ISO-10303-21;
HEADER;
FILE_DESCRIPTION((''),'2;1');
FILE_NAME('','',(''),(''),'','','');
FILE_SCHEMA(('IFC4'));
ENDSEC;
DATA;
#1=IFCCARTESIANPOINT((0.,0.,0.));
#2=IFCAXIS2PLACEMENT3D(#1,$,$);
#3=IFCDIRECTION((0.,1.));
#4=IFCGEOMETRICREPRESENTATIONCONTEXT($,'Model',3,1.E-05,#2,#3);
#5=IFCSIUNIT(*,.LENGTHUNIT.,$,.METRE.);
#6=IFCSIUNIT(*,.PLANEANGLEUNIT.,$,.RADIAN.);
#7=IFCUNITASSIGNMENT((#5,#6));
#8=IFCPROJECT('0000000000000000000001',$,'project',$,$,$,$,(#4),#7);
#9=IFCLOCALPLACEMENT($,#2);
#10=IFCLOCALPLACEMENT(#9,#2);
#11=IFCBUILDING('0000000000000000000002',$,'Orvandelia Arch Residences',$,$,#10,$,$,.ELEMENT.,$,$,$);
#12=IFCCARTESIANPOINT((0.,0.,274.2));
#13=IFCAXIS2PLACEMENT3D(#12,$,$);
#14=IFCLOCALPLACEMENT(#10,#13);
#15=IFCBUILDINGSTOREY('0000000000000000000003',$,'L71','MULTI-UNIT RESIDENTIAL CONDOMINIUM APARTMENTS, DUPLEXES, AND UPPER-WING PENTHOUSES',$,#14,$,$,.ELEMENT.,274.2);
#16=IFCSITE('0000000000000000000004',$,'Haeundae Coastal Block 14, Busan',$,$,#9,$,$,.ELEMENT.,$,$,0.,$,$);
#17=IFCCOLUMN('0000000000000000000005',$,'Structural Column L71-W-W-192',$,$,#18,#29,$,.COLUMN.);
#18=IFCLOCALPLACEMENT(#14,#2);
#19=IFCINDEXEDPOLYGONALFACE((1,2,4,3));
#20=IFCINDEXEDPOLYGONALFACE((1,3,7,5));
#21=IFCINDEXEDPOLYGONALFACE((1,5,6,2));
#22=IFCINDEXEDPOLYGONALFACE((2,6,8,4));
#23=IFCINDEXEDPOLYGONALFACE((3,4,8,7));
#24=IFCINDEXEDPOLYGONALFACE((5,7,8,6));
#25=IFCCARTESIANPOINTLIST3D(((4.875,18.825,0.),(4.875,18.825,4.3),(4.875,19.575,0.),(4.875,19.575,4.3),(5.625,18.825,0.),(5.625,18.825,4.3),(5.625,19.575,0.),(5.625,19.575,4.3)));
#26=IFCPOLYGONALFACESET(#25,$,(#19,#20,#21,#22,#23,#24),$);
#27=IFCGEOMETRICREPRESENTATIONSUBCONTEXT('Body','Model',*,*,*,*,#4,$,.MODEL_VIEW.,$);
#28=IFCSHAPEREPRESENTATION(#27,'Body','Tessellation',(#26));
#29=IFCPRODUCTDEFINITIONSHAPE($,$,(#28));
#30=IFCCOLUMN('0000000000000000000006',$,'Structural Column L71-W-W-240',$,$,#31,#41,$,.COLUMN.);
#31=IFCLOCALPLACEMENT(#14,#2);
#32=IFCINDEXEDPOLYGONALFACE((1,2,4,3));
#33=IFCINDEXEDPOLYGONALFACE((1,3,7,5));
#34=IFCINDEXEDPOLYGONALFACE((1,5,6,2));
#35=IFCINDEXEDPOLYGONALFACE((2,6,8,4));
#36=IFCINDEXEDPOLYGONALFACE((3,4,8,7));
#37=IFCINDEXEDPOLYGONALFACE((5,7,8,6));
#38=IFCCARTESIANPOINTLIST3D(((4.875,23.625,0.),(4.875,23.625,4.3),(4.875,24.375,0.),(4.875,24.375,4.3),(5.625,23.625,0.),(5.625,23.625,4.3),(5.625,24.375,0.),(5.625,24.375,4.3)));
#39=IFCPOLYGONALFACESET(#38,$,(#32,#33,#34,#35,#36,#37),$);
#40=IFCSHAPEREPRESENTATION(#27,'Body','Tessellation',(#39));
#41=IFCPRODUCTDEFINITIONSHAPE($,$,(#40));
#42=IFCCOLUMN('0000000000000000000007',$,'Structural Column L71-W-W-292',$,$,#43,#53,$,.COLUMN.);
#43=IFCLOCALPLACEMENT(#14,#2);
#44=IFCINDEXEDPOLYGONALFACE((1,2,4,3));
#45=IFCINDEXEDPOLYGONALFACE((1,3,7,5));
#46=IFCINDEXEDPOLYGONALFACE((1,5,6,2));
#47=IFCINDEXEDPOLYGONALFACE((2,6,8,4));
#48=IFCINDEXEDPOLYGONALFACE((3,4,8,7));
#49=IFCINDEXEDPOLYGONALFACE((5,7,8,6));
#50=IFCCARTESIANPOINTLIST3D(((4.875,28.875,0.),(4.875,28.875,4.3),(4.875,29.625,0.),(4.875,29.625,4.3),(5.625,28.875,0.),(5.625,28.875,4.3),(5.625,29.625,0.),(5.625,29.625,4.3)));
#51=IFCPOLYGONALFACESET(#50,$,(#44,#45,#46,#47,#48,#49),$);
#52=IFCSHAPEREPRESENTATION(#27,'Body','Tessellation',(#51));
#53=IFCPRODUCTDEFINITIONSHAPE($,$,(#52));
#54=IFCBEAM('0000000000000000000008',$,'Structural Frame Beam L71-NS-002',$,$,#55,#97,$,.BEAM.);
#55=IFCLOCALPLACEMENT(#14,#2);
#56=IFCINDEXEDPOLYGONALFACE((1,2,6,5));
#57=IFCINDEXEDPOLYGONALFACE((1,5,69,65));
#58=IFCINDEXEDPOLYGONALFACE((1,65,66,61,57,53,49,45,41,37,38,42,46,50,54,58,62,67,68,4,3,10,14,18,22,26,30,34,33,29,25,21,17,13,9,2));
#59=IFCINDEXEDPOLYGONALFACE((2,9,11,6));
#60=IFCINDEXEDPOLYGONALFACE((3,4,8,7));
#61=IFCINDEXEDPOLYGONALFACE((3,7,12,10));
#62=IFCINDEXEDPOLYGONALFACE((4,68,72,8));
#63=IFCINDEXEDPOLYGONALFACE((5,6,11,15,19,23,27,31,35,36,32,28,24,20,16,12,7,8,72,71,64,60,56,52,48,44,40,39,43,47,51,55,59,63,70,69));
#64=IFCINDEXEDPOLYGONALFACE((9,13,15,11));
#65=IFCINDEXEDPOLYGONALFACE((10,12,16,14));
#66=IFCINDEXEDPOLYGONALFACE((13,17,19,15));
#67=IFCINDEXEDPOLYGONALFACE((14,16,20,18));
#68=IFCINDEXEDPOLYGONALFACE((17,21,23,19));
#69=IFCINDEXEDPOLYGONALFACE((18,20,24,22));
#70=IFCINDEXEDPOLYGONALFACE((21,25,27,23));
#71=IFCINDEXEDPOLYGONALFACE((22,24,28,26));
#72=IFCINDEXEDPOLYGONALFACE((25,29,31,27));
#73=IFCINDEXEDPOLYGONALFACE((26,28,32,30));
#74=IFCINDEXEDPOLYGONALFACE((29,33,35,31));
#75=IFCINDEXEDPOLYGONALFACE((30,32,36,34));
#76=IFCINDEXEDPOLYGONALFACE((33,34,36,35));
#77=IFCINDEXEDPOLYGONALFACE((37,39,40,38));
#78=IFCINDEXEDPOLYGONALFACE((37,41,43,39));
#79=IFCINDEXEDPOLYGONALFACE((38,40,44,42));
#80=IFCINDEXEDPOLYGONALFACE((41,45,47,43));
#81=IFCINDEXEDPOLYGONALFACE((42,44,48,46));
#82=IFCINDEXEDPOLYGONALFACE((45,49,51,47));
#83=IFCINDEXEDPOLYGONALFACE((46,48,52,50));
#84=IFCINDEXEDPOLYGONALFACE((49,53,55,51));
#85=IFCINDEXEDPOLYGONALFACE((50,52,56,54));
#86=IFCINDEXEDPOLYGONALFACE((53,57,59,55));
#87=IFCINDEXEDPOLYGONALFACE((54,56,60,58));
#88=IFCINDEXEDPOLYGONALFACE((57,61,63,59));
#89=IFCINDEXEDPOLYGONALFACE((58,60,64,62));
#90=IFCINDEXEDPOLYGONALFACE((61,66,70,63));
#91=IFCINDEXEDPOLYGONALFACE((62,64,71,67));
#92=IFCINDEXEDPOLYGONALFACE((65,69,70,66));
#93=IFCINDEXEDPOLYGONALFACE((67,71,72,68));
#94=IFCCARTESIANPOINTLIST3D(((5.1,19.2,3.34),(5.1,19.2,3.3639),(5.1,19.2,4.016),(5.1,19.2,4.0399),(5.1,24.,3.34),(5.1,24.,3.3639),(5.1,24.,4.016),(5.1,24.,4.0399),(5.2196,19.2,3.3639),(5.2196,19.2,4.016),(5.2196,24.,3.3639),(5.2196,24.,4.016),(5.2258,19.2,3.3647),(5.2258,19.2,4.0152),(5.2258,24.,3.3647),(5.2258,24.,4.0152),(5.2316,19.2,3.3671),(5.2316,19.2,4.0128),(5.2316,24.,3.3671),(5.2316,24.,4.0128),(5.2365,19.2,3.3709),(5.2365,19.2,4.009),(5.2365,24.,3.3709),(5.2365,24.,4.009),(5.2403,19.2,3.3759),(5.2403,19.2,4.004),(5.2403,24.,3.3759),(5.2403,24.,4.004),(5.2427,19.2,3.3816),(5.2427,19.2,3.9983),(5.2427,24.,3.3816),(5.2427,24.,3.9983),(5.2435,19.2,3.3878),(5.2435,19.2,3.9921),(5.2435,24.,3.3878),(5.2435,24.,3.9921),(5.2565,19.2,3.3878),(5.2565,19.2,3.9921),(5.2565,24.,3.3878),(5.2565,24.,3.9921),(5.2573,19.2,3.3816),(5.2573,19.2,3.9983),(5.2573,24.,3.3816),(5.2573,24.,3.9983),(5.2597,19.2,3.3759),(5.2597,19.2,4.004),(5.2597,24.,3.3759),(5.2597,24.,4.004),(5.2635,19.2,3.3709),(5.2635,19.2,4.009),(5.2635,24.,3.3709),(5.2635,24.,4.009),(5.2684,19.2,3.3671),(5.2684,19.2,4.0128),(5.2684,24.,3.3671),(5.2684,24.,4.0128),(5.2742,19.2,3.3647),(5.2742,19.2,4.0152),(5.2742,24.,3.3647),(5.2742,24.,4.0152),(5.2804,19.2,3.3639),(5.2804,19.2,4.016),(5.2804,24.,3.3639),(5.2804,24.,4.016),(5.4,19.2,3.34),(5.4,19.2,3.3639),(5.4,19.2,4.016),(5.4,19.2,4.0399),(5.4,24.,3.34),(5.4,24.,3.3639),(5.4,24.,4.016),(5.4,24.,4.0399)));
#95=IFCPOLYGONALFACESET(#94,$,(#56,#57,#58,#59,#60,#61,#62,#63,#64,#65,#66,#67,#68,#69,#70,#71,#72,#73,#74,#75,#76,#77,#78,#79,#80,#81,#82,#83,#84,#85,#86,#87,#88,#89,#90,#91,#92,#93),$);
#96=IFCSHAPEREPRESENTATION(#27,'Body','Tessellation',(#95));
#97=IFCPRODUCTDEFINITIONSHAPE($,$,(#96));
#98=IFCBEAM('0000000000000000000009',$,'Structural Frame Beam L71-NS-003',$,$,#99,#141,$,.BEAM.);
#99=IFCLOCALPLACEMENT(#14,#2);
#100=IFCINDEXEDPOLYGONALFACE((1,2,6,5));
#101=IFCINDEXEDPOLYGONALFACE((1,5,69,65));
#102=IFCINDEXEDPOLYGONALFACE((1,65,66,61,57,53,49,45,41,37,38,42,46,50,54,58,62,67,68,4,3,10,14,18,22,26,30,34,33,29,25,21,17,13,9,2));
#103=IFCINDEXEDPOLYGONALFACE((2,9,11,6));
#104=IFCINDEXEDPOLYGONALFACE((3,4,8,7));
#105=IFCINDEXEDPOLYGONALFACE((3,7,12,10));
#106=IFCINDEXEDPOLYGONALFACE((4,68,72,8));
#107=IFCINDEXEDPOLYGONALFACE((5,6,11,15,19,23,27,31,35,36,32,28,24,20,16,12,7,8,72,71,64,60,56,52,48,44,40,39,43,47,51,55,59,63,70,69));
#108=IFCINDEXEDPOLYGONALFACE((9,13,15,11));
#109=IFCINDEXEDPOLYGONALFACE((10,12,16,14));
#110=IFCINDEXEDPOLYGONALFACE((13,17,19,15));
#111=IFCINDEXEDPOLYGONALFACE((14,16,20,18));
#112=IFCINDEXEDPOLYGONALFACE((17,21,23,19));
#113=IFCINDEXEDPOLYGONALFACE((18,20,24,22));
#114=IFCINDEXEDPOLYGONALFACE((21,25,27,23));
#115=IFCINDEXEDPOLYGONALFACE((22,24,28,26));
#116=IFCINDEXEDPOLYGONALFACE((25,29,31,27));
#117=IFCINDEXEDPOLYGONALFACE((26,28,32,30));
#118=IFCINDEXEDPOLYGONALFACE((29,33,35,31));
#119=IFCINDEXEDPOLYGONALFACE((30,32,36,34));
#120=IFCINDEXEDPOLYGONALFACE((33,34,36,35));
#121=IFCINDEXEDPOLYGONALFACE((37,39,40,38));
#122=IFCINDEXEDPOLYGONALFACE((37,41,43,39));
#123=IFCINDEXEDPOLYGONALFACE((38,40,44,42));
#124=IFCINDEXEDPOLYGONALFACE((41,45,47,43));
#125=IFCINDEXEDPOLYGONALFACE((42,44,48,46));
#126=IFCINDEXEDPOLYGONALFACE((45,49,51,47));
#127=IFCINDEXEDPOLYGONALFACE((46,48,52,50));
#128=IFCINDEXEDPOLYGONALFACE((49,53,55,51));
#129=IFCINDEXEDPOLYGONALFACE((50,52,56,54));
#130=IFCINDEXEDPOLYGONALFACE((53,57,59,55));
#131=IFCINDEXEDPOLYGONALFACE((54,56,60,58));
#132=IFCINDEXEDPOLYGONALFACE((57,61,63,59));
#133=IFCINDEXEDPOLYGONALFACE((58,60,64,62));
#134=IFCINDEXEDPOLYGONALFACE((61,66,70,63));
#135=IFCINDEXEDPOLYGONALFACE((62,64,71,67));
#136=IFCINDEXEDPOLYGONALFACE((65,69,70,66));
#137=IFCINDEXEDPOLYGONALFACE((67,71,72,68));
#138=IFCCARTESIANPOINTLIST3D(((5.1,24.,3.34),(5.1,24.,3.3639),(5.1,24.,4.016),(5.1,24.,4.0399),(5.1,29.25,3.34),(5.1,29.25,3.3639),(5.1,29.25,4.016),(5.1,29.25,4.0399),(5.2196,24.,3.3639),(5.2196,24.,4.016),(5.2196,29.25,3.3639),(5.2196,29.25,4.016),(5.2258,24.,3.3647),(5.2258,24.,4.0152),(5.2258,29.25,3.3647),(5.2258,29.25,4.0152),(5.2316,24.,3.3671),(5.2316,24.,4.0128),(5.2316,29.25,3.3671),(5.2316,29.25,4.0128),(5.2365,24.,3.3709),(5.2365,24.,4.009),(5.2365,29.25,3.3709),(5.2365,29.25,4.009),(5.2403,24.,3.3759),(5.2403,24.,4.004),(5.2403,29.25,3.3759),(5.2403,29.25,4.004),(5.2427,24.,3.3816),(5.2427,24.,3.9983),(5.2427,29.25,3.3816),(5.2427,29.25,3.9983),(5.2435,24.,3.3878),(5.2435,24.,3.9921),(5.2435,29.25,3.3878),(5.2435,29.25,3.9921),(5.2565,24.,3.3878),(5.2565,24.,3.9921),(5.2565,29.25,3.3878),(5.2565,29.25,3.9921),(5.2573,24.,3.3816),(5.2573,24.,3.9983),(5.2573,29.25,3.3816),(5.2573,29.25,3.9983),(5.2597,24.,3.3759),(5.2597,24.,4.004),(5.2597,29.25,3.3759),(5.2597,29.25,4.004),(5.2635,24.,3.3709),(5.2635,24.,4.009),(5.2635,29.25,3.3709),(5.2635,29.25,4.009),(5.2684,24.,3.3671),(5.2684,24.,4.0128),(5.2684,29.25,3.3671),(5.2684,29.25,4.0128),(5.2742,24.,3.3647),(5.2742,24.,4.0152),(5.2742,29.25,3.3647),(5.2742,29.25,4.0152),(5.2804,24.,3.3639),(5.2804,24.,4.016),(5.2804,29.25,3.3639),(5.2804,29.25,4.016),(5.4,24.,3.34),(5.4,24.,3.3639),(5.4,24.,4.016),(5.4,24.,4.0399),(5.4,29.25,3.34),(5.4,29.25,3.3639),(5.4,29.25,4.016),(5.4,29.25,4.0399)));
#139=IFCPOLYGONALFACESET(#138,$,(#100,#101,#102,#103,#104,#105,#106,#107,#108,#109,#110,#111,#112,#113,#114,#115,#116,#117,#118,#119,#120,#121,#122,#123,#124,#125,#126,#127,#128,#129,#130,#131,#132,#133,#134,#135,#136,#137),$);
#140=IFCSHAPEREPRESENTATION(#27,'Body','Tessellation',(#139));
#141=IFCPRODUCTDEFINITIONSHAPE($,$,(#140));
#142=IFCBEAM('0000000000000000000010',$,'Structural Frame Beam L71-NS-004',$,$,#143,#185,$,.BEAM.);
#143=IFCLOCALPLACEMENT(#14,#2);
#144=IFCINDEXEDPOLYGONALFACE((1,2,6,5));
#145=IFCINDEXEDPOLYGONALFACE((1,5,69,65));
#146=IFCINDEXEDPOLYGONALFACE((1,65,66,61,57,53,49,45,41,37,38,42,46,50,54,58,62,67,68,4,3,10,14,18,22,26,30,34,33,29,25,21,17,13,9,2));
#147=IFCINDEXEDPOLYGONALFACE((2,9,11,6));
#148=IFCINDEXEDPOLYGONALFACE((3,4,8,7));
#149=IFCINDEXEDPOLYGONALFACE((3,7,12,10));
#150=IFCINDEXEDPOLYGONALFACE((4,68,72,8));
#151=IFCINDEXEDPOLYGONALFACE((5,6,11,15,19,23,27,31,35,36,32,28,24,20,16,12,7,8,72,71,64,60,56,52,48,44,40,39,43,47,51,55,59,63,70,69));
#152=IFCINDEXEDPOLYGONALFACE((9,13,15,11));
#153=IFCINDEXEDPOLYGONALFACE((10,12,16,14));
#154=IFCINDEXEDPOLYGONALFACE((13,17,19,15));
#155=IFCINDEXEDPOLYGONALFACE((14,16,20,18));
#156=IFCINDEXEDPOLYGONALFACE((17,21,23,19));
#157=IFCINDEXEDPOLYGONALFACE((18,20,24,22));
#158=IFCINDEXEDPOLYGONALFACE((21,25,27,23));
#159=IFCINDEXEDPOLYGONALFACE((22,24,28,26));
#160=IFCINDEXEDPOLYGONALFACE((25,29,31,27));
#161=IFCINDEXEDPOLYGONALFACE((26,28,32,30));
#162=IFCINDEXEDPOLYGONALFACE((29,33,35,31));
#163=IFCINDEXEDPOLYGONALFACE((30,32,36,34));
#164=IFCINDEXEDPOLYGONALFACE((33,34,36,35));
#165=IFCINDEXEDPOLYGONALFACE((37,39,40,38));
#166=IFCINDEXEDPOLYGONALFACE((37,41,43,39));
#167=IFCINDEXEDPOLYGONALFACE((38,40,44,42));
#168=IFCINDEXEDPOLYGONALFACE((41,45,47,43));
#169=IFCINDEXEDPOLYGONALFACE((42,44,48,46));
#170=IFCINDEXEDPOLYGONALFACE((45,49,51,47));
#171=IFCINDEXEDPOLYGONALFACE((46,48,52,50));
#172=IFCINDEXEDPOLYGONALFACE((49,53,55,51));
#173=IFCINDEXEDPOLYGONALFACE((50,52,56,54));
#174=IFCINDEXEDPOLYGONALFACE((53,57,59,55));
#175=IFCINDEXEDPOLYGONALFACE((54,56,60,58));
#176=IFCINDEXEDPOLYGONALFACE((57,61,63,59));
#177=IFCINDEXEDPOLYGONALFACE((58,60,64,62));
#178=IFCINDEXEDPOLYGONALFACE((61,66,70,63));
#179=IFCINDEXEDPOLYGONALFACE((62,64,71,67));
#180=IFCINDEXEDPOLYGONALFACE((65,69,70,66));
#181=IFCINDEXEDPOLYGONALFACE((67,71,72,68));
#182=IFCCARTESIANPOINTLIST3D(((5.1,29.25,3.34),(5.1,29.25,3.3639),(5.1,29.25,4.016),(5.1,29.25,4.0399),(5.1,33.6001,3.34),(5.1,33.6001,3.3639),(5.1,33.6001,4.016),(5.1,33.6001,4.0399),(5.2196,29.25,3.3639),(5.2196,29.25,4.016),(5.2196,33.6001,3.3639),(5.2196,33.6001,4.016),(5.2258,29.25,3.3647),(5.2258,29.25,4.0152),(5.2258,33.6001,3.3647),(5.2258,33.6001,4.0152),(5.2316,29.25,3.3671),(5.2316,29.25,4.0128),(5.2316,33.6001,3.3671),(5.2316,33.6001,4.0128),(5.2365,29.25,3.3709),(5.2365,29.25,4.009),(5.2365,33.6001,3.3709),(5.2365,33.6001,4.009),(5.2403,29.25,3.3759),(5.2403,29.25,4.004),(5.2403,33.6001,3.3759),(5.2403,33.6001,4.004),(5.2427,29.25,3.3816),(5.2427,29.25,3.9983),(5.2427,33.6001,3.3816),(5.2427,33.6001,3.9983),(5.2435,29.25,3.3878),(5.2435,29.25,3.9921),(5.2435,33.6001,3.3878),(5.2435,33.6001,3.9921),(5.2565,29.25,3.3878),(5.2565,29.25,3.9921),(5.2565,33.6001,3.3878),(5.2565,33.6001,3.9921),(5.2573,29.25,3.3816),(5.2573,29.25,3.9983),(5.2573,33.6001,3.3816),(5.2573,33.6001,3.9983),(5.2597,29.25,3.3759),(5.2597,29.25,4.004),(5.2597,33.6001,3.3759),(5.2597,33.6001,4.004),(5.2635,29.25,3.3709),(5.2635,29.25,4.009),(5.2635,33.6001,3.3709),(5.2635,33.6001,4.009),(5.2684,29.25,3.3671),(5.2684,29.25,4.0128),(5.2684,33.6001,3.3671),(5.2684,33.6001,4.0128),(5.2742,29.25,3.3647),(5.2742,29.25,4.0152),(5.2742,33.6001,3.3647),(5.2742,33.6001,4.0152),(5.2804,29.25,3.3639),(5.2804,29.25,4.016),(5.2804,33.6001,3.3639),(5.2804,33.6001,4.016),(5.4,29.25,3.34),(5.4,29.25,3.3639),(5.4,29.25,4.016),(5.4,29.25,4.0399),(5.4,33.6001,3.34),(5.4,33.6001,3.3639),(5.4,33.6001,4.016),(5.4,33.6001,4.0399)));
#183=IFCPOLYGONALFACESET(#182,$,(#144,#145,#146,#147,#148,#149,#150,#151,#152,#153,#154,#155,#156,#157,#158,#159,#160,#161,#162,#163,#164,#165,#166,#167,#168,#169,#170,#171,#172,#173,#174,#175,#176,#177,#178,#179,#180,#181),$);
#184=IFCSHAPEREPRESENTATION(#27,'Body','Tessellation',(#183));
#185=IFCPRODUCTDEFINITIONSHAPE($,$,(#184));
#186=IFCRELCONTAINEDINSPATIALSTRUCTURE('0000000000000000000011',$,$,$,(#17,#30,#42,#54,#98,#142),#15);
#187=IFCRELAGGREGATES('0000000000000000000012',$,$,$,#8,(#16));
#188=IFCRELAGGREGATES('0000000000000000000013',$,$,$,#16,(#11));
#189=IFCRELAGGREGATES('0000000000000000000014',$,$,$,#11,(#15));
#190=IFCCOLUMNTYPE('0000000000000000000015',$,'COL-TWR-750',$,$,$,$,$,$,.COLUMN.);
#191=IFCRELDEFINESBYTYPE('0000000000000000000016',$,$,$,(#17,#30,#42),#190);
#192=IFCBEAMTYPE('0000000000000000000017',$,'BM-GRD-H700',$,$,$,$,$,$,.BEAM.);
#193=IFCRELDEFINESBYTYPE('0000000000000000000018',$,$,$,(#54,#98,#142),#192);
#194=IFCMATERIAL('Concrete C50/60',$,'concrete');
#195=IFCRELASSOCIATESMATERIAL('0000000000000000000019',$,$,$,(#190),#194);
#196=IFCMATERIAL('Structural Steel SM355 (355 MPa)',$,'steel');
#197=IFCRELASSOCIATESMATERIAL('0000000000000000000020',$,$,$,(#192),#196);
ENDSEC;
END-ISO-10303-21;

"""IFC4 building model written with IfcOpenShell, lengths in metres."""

from ifc_helpers import new_model, si_unit, direction, frame, origin, origin_2d, place, context, subcontext, project, spatial, rectangle, i_section, extrude, material, material_profile, profile_set, type_object, element, save


model = new_model("IFC4")

# Units and contexts
model_context = context("Model", 3, precision=1e-05, world=origin(), true_north=direction((0.0, 1.0)))
body_context = subcontext(model_context, "Body", "Model", "MODEL_VIEW")
ifc_project = project(units=[si_unit("LENGTHUNIT", "METRE"), si_unit("PLANEANGLEUNIT", "RADIAN")], contexts=[model_context])

# Site, building, storey
site_placement = place(None, origin())
site = spatial("IfcSite", under=ifc_project, at=site_placement, Name="Haeundae Coastal Block 14, Busan", CompositionType="ELEMENT", RefElevation=0.0)
building_placement = place(site_placement, origin())
building = spatial("IfcBuilding", under=site, at=building_placement, Name="Orvandelia Arch Residences", CompositionType="ELEMENT")
storey_placement = place(building_placement, frame((0.0, 0.0, 274.2)))
storey = spatial("IfcBuildingStorey", under=building, at=storey_placement, Name="L71", Description="MULTI-UNIT RESIDENTIAL CONDOMINIUM APARTMENTS, DUPLEXES, AND UPPER-WING PENTHOUSES", CompositionType="ELEMENT", Elevation=274.2)

# Columns
ifc_material_1 = material(Name="Concrete C50/60", Category="concrete")
ifc_material_profile_1 = material_profile(ifc_material_1, rectangle(XDim=0.75, YDim=0.75, at=origin_2d()), Name="Concrete C50/60", Category="concrete")
ifc_profile_set_1 = profile_set([ifc_material_profile_1], Name="Concrete C50/60")
column_type = type_object("IfcColumnType", Name="COL-TWR-750", PredefinedType="COLUMN", material=ifc_profile_set_1)
for number, where, z_axis, x_axis, name in (
    (1, (5.25, 19.2, 0.0), (0.0, 0.0, 1.0), (1.0, 0.0, 0.0), "Structural Column L71-W-W-192"),
    (2, (5.25, 24.0, 0.0), (0.0, 0.0, 1.0), (1.0, 0.0, 0.0), "Structural Column L71-W-W-240"),
    (3, (5.25, 29.25, 0.0), (0.0, 0.0, 1.0), (1.0, 0.0, 0.0), "Structural Column L71-W-W-292"),
):
    element("IfcColumn", number, at=place(storey_placement, frame(where, z_axis=z_axis, x_axis=x_axis)), inside=storey, type_object=column_type, Name=name, PredefinedType="COLUMN", context=body_context, shape_type="SweptSolid", body=[
        extrude(rectangle(XDim=0.75, YDim=0.75, at=origin_2d()), origin(), (0.0, 0.0, 1.0), 4.3),
    ])

# Beams
ifc_material_2 = material(Name="Structural Steel SM355 (355 MPa)", Category="steel")
ifc_material_profile_2 = material_profile(ifc_material_2, i_section(OverallWidth=0.3, OverallDepth=0.7, WebThickness=0.0129, FlangeThickness=0.0239, FilletRadius=0.0239, at=origin_2d()), Name="Structural Steel SM355 (355 MPa)", Category="steel")
ifc_profile_set_2 = profile_set([ifc_material_profile_2], Name="Structural Steel SM355 (355 MPa)")
beam_type = type_object("IfcBeamType", Name="BM-GRD-H700", PredefinedType="BEAM", material=ifc_profile_set_2)
beam_1_placement = place(storey_placement, frame((5.25, 19.2, 3.6899), z_axis=(0.0, 1.0, 0.0), x_axis=(-1.0, 0.0, 0.0)))
element("IfcBeam", 4, at=beam_1_placement, inside=storey, type_object=beam_type, Name="Structural Frame Beam L71-NS-002", PredefinedType="BEAM", context=body_context, shape_type="SweptSolid", body=[
    extrude(i_section(OverallWidth=0.3, OverallDepth=0.7, WebThickness=0.0129, FlangeThickness=0.0239, FilletRadius=0.0239, at=origin_2d()), origin(), (0.0, 0.0, 1.0), 4.8),
])
beam_2_placement = place(storey_placement, frame((5.25, 24.0, 3.6899), z_axis=(0.0, 1.0, 0.0), x_axis=(-1.0, 0.0, 0.0)))
element("IfcBeam", 5, at=beam_2_placement, inside=storey, type_object=beam_type, Name="Structural Frame Beam L71-NS-003", PredefinedType="BEAM", context=body_context, shape_type="SweptSolid", body=[
    extrude(i_section(OverallWidth=0.3, OverallDepth=0.7, WebThickness=0.0129, FlangeThickness=0.0239, FilletRadius=0.0239, at=origin_2d()), origin(), (0.0, 0.0, 1.0), 5.25),
])
beam_3_placement = place(storey_placement, frame((5.25, 29.25, 3.6899), z_axis=(0.0, 1.0, 0.0), x_axis=(-1.0, 0.0, 0.0)))
element("IfcBeam", 6, at=beam_3_placement, inside=storey, type_object=beam_type, Name="Structural Frame Beam L71-NS-004", PredefinedType="BEAM", context=body_context, shape_type="SweptSolid", body=[
    extrude(i_section(OverallWidth=0.3, OverallDepth=0.7, WebThickness=0.0129, FlangeThickness=0.0239, FilletRadius=0.0239, at=origin_2d()), origin(), (0.0, 0.0, 1.0), 4.3501),
])

save(model, "model.ifc")
